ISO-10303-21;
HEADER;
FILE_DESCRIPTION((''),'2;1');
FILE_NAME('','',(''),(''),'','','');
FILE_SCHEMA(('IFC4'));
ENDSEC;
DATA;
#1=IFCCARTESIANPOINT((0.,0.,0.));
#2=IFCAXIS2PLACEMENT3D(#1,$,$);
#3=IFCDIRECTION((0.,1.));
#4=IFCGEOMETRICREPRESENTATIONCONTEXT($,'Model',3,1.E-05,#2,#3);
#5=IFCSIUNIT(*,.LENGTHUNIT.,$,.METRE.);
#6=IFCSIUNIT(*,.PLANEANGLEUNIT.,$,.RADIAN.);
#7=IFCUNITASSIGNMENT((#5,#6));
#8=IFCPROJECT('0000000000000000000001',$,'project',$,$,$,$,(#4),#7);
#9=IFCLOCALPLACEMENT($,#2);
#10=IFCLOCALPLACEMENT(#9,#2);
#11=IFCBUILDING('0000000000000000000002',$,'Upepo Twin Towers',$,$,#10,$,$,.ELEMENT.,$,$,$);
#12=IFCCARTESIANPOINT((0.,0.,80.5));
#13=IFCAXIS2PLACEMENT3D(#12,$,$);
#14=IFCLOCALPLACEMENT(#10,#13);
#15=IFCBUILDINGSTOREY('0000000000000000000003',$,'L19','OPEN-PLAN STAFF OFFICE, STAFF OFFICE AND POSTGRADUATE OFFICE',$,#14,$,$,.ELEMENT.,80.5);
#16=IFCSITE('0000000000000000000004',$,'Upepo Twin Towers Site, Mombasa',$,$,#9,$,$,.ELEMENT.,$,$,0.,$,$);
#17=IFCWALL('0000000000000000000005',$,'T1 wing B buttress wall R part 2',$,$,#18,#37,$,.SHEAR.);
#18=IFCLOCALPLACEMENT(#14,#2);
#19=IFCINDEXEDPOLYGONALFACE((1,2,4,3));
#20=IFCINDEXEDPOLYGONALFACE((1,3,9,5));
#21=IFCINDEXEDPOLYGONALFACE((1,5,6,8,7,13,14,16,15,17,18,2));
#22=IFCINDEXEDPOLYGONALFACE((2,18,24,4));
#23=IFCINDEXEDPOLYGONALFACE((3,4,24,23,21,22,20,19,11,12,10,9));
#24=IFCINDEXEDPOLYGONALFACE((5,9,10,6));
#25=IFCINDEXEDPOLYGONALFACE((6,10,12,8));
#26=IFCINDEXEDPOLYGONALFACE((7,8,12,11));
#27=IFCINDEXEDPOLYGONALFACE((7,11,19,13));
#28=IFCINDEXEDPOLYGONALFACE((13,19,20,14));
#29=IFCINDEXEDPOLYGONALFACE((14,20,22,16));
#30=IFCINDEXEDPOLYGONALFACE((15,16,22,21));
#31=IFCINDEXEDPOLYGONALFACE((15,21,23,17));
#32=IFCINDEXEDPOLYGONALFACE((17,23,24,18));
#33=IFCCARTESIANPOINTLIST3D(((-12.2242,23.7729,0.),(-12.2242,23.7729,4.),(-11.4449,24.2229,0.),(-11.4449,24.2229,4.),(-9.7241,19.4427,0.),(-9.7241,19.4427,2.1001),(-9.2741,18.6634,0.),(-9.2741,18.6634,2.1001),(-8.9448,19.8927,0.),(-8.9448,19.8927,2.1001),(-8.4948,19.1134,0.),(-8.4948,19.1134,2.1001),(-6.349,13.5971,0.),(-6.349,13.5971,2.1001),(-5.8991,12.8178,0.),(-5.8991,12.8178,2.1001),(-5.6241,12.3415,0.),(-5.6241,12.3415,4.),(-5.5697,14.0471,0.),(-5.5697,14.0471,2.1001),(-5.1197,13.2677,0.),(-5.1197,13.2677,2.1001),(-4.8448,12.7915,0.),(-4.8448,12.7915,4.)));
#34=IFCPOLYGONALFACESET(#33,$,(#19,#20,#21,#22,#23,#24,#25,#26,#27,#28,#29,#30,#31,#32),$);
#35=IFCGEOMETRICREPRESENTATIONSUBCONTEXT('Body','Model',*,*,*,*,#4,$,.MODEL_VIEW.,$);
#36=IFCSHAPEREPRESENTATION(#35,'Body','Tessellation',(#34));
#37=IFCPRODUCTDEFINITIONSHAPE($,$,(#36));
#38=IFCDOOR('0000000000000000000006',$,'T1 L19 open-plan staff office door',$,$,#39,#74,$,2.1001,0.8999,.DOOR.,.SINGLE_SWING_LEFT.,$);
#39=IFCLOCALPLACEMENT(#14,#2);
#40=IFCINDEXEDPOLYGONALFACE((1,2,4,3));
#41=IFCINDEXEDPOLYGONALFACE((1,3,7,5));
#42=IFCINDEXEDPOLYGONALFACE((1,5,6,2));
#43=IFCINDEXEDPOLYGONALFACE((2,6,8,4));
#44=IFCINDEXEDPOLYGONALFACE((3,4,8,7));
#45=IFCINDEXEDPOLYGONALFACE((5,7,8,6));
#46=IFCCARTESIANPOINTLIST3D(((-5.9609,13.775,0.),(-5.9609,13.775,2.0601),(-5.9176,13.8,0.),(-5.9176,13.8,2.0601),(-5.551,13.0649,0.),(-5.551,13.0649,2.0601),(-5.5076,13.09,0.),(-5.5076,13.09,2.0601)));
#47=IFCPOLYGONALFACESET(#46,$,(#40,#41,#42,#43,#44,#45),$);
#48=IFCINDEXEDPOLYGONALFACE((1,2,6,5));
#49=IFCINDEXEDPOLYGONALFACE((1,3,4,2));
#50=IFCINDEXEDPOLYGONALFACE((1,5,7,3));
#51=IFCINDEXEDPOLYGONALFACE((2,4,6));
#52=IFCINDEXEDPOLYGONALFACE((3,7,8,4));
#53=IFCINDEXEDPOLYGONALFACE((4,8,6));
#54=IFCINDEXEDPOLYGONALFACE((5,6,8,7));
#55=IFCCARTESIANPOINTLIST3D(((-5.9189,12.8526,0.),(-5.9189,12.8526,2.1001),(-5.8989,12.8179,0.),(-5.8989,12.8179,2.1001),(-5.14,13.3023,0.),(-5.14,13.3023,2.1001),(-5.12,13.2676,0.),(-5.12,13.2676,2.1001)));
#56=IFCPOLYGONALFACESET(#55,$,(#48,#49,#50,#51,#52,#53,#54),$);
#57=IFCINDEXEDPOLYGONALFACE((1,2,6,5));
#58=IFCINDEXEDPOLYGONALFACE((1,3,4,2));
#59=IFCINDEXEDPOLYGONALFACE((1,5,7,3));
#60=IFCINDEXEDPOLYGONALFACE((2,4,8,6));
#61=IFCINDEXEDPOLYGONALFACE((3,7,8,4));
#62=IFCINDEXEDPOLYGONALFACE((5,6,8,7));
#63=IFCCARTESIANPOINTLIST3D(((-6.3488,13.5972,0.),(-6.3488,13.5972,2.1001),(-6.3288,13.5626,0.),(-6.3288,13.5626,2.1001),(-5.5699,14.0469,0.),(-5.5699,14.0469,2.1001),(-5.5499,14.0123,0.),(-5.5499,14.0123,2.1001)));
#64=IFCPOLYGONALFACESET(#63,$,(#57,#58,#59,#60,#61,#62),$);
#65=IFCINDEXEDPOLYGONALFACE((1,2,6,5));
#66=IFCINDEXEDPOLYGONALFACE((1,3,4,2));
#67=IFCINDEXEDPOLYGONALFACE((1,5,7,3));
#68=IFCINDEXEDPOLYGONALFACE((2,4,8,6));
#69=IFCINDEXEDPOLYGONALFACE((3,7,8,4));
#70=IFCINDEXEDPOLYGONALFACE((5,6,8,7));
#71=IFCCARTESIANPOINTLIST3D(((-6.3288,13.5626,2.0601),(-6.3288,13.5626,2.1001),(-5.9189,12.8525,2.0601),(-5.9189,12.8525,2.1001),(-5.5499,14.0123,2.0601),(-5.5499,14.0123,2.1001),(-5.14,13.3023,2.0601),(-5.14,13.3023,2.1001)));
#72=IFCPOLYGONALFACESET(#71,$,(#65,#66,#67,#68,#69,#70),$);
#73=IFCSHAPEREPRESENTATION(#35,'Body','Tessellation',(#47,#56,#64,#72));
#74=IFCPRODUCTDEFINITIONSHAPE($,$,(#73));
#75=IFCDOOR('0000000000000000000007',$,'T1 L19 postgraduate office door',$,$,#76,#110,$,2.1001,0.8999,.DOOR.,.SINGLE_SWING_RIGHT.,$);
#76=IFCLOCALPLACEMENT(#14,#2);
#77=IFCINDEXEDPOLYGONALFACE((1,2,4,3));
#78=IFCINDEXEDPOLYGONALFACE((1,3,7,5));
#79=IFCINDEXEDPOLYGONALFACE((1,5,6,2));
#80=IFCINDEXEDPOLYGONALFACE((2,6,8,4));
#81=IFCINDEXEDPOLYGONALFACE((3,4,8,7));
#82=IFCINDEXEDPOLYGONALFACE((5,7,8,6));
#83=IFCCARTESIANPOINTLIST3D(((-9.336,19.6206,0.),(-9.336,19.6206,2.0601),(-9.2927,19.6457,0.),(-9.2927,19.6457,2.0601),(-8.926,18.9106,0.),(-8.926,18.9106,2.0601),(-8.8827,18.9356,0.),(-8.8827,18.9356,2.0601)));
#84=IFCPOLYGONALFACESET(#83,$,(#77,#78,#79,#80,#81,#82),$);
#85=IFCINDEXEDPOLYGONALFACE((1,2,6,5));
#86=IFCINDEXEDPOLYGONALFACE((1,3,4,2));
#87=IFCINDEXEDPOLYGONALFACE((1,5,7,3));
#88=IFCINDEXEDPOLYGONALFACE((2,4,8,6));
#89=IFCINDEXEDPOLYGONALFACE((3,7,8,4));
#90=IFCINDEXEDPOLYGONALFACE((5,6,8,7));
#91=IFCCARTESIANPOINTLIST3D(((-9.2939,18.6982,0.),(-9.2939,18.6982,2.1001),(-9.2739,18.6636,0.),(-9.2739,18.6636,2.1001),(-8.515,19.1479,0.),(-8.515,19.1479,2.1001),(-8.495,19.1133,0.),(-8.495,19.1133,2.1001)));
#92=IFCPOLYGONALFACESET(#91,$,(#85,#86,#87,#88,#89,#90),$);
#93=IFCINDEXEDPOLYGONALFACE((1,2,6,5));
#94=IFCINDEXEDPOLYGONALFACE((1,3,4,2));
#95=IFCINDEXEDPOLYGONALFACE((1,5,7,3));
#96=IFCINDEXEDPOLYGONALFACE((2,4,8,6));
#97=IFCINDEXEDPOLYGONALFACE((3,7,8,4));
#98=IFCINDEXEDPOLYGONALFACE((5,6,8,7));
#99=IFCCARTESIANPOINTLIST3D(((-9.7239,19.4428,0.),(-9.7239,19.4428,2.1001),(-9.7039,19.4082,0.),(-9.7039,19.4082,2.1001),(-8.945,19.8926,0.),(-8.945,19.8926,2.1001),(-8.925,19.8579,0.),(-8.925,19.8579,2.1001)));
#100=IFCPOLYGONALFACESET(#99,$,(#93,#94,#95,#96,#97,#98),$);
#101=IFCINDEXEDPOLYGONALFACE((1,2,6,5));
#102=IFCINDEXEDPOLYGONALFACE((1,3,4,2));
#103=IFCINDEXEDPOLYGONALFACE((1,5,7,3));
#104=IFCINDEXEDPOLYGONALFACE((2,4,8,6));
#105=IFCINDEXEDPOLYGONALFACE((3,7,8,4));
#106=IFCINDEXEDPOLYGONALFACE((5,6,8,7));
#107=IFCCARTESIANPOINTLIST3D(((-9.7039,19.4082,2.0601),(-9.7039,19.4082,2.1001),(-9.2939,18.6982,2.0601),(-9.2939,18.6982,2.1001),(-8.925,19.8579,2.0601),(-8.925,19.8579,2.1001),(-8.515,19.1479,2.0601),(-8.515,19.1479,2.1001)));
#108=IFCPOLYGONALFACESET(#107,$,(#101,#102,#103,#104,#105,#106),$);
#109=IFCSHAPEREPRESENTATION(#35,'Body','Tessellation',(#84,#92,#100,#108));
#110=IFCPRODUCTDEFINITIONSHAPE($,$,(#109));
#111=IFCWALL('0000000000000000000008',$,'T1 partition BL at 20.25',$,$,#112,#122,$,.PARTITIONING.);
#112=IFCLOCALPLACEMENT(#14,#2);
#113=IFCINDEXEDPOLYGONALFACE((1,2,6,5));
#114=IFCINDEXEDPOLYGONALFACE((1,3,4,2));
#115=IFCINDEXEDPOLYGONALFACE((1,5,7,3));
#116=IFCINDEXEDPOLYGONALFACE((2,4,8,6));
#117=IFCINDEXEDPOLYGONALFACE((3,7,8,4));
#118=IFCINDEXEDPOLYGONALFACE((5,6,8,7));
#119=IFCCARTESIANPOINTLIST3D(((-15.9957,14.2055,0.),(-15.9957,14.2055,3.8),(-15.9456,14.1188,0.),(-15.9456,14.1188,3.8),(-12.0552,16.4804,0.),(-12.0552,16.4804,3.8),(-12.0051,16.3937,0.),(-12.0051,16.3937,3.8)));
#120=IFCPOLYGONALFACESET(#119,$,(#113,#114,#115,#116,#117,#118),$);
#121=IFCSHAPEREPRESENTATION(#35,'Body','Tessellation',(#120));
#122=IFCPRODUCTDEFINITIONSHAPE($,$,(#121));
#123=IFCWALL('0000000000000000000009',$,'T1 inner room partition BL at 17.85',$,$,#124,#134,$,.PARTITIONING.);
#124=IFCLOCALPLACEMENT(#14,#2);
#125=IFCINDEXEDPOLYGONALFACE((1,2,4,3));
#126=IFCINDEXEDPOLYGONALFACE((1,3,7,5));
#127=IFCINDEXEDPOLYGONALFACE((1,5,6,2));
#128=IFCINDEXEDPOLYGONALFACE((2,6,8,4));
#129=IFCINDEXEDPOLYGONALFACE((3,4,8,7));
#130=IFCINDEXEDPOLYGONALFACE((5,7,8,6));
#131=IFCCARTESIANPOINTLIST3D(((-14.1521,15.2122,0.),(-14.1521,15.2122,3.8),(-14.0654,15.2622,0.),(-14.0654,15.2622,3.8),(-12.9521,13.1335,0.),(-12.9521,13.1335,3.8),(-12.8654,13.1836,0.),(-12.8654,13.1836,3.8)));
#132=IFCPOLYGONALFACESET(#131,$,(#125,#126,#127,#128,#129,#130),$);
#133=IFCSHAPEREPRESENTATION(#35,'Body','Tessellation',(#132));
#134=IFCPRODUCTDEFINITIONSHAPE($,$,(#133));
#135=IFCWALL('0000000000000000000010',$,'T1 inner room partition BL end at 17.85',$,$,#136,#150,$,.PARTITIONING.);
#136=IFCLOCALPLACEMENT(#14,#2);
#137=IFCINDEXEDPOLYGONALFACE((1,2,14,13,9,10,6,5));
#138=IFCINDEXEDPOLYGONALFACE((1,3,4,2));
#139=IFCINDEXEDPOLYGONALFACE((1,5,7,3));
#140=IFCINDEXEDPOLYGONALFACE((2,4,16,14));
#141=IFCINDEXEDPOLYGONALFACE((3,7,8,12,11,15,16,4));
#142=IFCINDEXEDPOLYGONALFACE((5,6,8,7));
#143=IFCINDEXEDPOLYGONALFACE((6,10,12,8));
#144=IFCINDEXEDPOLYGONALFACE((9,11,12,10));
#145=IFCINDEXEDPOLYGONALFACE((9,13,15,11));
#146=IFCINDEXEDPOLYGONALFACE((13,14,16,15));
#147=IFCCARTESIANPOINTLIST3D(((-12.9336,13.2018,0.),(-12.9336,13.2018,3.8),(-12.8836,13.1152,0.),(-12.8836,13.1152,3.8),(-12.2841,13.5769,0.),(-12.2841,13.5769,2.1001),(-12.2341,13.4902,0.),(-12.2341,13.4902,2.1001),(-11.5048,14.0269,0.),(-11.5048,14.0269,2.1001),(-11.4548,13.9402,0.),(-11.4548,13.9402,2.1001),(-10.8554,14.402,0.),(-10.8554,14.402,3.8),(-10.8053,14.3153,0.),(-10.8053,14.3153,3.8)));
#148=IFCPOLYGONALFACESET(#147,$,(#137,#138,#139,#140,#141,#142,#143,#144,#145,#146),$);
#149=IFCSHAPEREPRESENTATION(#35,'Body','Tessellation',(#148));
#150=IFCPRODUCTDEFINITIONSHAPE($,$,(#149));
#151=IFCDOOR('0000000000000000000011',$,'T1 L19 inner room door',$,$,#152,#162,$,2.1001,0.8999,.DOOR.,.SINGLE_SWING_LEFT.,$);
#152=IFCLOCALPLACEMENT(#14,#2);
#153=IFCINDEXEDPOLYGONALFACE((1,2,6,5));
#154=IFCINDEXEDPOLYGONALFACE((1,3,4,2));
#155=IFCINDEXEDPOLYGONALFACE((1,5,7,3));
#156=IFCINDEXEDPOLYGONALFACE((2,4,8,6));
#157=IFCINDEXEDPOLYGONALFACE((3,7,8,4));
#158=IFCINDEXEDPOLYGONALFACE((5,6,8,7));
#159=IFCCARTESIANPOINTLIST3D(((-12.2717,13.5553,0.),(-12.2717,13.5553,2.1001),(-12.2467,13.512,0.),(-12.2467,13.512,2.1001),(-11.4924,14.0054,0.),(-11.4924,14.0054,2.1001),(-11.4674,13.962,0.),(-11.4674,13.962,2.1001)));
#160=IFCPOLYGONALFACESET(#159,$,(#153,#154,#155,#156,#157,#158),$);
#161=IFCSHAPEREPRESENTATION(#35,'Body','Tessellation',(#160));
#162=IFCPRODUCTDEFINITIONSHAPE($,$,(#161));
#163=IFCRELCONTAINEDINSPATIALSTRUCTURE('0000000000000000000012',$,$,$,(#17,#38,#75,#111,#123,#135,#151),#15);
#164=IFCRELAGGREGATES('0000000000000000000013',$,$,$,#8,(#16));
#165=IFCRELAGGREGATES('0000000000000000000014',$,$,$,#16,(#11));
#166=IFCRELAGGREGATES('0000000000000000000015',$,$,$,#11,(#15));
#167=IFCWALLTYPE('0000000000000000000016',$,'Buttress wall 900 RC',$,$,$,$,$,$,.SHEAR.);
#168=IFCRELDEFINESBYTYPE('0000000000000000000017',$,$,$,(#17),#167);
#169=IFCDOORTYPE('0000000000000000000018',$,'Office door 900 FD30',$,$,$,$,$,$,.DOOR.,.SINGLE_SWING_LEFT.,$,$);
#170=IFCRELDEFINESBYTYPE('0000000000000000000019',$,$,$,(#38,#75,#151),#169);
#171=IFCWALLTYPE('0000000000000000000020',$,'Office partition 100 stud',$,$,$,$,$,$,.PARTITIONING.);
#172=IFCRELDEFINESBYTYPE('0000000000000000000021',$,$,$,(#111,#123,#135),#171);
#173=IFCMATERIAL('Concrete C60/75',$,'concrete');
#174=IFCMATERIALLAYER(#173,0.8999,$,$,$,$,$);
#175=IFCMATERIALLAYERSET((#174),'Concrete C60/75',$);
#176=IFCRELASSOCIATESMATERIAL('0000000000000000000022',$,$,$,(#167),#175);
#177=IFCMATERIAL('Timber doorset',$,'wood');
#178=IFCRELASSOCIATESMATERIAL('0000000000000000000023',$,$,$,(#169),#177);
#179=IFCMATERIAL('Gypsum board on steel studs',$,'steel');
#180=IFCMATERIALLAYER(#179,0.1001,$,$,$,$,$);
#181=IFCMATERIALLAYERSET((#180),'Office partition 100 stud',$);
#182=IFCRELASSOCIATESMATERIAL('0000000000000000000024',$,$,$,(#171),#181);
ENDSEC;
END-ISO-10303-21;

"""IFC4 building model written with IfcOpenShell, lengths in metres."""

from ifc_helpers import new_model, si_unit, direction, frame, frame_2d, origin, place, context, subcontext, project, spatial, rectangle, extrude, material, layer, layer_set, type_object, element, fill, save


model = new_model("IFC4")

# Units and contexts
model_context = context("Model", 3, precision=1e-05, world=origin(), true_north=direction((0.0, 1.0)))
body_context = subcontext(model_context, "Body", "Model", "MODEL_VIEW")
ifc_project = project(units=[si_unit("LENGTHUNIT", "METRE"), si_unit("PLANEANGLEUNIT", "RADIAN")], contexts=[model_context])

# Site, building, storey
site_placement = place(None, origin())
site = spatial("IfcSite", under=ifc_project, at=site_placement, Name="Upepo Twin Towers Site, Mombasa", CompositionType="ELEMENT", RefElevation=0.0)
building_placement = place(site_placement, origin())
building = spatial("IfcBuilding", under=site, at=building_placement, Name="Upepo Twin Towers", CompositionType="ELEMENT")
storey_placement = place(building_placement, frame((0.0, 0.0, 80.5)))
storey = spatial("IfcBuildingStorey", under=building, at=storey_placement, Name="L19", Description="OPEN-PLAN STAFF OFFICE, STAFF OFFICE AND POSTGRADUATE OFFICE", CompositionType="ELEMENT", Elevation=80.5)

# Wall, openings, doors
ifc_material_1 = material(Name="Concrete C60/75", Category="concrete")
ifc_layer_1 = layer(ifc_material_1, 0.8999)
ifc_layer_set_1 = layer_set([ifc_layer_1], Name="Concrete C60/75")
wall_type_1 = type_object("IfcWallType", Name="Buttress wall 900 RC", PredefinedType="SHEAR", material=ifc_layer_set_1)
ifc_material_2 = material(Name="Timber doorset", Category="wood")
door_type = type_object("IfcDoorType", Name="Office door 900 FD30", OperationType="SINGLE_SWING_LEFT", PredefinedType="DOOR", material=ifc_material_2)
wall_1_placement = place(storey_placement, frame((-5.2344, 12.5664, 0.0), z_axis=(0.0, 0.0, 1.0), x_axis=(-0.50001, 0.86602, 0.0)))
wall_1 = element("IfcWall", 1, at=wall_1_placement, inside=storey, type_object=wall_type_1, Name="T1 wing B buttress wall R part 2", PredefinedType="SHEAR", context=body_context, shape_type="SweptSolid", body=[
    extrude(rectangle(XDim=13.2, YDim=0.8999, at=frame_2d((6.6001, 0.0))), origin(), (0.0, 0.0, 1.0), 4.0),
])
opening_1_placement = place(wall_1_placement, frame((0.55, 0.0, 0.0)))
opening_1 = element("IfcOpeningElement", 2, at=opening_1_placement, cuts=wall_1, PredefinedType="OPENING", context=body_context, shape_type="SweptSolid", body=[
    extrude(rectangle(XDim=0.8999, YDim=2.1001, at=frame_2d((0.45, 1.05))), frame((0.0, 0.46, 0.0), z_axis=(0.0, -1.0, 0.0), x_axis=(1.0, 0.0, 0.0)), (0.0, 0.0, 1.0), 0.9199),
])
opening_2_placement = place(wall_1_placement, frame((7.3, 0.0, 0.0)))
opening_2 = element("IfcOpeningElement", 3, at=opening_2_placement, cuts=wall_1, PredefinedType="OPENING", context=body_context, shape_type="SweptSolid", body=[
    extrude(rectangle(XDim=0.8999, YDim=2.1001, at=frame_2d((0.45, 1.05))), frame((0.0, 0.46, 0.0), z_axis=(0.0, -1.0, 0.0), x_axis=(1.0, 0.0, 0.0)), (0.0, 0.0, 1.0), 0.9199),
])
door_1_placement = place(opening_1_placement, origin())
door_1 = element("IfcDoor", 4, at=door_1_placement, inside=storey, type_object=door_type, Name="T1 L19 open-plan staff office door", OperationType="SINGLE_SWING_LEFT", OverallHeight=2.1001, OverallWidth=0.8999, PredefinedType="DOOR", context=body_context, shape_type="SweptSolid", body=[
    extrude(rectangle(XDim=0.8199, YDim=2.0601, at=frame_2d((0.45, 1.03))), frame((0.0, 0.0249, 0.0), z_axis=(0.0, -1.0, 0.0), x_axis=(1.0, 0.0, 0.0)), (0.0, 0.0, 1.0), 0.05),
    extrude(rectangle(XDim=0.04, YDim=2.1001, at=frame_2d((0.02, 1.05))), frame((0.0, 0.4497, 0.0), z_axis=(0.0, -1.0, 0.0), x_axis=(1.0, 0.0, 0.0)), (0.0, 0.0, 1.0), 0.8994),
    extrude(rectangle(XDim=0.04, YDim=2.1001, at=frame_2d((0.8799, 1.05))), frame((0.0, 0.4497, 0.0), z_axis=(0.0, -1.0, 0.0), x_axis=(1.0, 0.0, 0.0)), (0.0, 0.0, 1.0), 0.8994),
    extrude(rectangle(XDim=0.8199, YDim=0.04, at=frame_2d((0.45, 2.0801))), frame((0.0, 0.4497, 0.0), z_axis=(0.0, -1.0, 0.0), x_axis=(1.0, 0.0, 0.0)), (0.0, 0.0, 1.0), 0.8994),
])
fill(opening_1, door_1)
door_2_placement = place(opening_2_placement, origin())
door_2 = element("IfcDoor", 5, at=door_2_placement, inside=storey, type_object=door_type, Name="T1 L19 postgraduate office door", OperationType="SINGLE_SWING_RIGHT", OverallHeight=2.1001, OverallWidth=0.8999, PredefinedType="DOOR", context=body_context, shape_type="SweptSolid", body=[
    extrude(rectangle(XDim=0.8199, YDim=2.0601, at=frame_2d((0.45, 1.03))), frame((0.0, 0.0249, 0.0), z_axis=(0.0, -1.0, 0.0), x_axis=(1.0, 0.0, 0.0)), (0.0, 0.0, 1.0), 0.05),
    extrude(rectangle(XDim=0.04, YDim=2.1001, at=frame_2d((0.02, 1.05))), frame((0.0, 0.4497, 0.0), z_axis=(0.0, -1.0, 0.0), x_axis=(1.0, 0.0, 0.0)), (0.0, 0.0, 1.0), 0.8994),
    extrude(rectangle(XDim=0.04, YDim=2.1001, at=frame_2d((0.8799, 1.05))), frame((0.0, 0.4497, 0.0), z_axis=(0.0, -1.0, 0.0), x_axis=(1.0, 0.0, 0.0)), (0.0, 0.0, 1.0), 0.8994),
    extrude(rectangle(XDim=0.8199, YDim=0.04, at=frame_2d((0.45, 2.0801))), frame((0.0, 0.4497, 0.0), z_axis=(0.0, -1.0, 0.0), x_axis=(1.0, 0.0, 0.0)), (0.0, 0.0, 1.0), 0.8994),
])
fill(opening_2, door_2)

# Walls
ifc_material_3 = material(Name="Gypsum board on steel studs", Category="steel")
ifc_layer_2 = layer(ifc_material_3, 0.1001)
ifc_layer_set_2 = layer_set([ifc_layer_2], Name="Office partition 100 stud")
wall_type_2 = type_object("IfcWallType", Name="Office partition 100 stud", PredefinedType="PARTITIONING", material=ifc_layer_set_2)
wall_2_placement = place(storey_placement, frame((-12.0303, 16.437, 0.0), z_axis=(0.0, 0.0, 1.0), x_axis=(-0.866035, -0.499983, 0.0)))
element("IfcWall", 6, at=wall_2_placement, inside=storey, type_object=wall_type_2, Name="T1 partition BL at 20.25", PredefinedType="PARTITIONING", context=body_context, shape_type="SweptSolid", body=[
    extrude(rectangle(XDim=4.55, YDim=0.1001, at=frame_2d((2.2749, 0.0))), origin(), (0.0, 0.0, 1.0), 3.8),
])
wall_3_placement = place(storey_placement, frame((-12.9087, 13.1584, 0.0), z_axis=(0.0, 0.0, 1.0), x_axis=(-0.499957, 0.86605, 0.0)))
element("IfcWall", 7, at=wall_3_placement, inside=storey, type_object=wall_type_2, Name="T1 inner room partition BL at 17.85", PredefinedType="PARTITIONING", context=body_context, shape_type="SweptSolid", body=[
    extrude(rectangle(XDim=2.4001, YDim=0.1001, at=frame_2d((1.2002, 0.0))), origin(), (0.0, 0.0, 1.0), 3.8),
])

# Wall, opening, door
wall_4_placement = place(storey_placement, frame((-10.8303, 14.3586, 0.0), z_axis=(0.0, 0.0, 1.0), x_axis=(-0.865981, -0.500078, 0.0)))
wall_4 = element("IfcWall", 8, at=wall_4_placement, inside=storey, type_object=wall_type_2, Name="T1 inner room partition BL end at 17.85", PredefinedType="PARTITIONING", context=body_context, shape_type="SweptSolid", body=[
    extrude(rectangle(XDim=2.3999, YDim=0.1001, at=frame_2d((1.2, 0.0))), origin(), (0.0, 0.0, 1.0), 3.8),
])
opening_3_placement = place(wall_4_placement, frame((0.75, 0.0, 0.0)))
opening_3 = element("IfcOpeningElement", 9, at=opening_3_placement, cuts=wall_4, PredefinedType="OPENING", context=body_context, shape_type="SweptSolid", body=[
    extrude(rectangle(XDim=0.8999, YDim=2.1001, at=frame_2d((0.45, 1.05))), frame((0.0, 0.0601, 0.0), z_axis=(0.0, -1.0, 0.0), x_axis=(1.0, 0.0, 0.0)), (0.0, 0.0, 1.0), 0.1201),
])
door_3_placement = place(opening_3_placement, origin())
door_3 = element("IfcDoor", 10, at=door_3_placement, inside=storey, type_object=door_type, Name="T1 L19 inner room door", OperationType="SINGLE_SWING_LEFT", OverallHeight=2.1001, OverallWidth=0.8999, PredefinedType="DOOR", context=body_context, shape_type="SweptSolid", body=[
    extrude(rectangle(XDim=0.8999, YDim=2.1001, at=frame_2d((0.45, 1.05))), frame((0.0, 0.0249, 0.0), z_axis=(0.0, -1.0, 0.0), x_axis=(1.0, 0.0, 0.0)), (0.0, 0.0, 1.0), 0.05),
])
fill(opening_3, door_3)

save(model, "model.ifc")
